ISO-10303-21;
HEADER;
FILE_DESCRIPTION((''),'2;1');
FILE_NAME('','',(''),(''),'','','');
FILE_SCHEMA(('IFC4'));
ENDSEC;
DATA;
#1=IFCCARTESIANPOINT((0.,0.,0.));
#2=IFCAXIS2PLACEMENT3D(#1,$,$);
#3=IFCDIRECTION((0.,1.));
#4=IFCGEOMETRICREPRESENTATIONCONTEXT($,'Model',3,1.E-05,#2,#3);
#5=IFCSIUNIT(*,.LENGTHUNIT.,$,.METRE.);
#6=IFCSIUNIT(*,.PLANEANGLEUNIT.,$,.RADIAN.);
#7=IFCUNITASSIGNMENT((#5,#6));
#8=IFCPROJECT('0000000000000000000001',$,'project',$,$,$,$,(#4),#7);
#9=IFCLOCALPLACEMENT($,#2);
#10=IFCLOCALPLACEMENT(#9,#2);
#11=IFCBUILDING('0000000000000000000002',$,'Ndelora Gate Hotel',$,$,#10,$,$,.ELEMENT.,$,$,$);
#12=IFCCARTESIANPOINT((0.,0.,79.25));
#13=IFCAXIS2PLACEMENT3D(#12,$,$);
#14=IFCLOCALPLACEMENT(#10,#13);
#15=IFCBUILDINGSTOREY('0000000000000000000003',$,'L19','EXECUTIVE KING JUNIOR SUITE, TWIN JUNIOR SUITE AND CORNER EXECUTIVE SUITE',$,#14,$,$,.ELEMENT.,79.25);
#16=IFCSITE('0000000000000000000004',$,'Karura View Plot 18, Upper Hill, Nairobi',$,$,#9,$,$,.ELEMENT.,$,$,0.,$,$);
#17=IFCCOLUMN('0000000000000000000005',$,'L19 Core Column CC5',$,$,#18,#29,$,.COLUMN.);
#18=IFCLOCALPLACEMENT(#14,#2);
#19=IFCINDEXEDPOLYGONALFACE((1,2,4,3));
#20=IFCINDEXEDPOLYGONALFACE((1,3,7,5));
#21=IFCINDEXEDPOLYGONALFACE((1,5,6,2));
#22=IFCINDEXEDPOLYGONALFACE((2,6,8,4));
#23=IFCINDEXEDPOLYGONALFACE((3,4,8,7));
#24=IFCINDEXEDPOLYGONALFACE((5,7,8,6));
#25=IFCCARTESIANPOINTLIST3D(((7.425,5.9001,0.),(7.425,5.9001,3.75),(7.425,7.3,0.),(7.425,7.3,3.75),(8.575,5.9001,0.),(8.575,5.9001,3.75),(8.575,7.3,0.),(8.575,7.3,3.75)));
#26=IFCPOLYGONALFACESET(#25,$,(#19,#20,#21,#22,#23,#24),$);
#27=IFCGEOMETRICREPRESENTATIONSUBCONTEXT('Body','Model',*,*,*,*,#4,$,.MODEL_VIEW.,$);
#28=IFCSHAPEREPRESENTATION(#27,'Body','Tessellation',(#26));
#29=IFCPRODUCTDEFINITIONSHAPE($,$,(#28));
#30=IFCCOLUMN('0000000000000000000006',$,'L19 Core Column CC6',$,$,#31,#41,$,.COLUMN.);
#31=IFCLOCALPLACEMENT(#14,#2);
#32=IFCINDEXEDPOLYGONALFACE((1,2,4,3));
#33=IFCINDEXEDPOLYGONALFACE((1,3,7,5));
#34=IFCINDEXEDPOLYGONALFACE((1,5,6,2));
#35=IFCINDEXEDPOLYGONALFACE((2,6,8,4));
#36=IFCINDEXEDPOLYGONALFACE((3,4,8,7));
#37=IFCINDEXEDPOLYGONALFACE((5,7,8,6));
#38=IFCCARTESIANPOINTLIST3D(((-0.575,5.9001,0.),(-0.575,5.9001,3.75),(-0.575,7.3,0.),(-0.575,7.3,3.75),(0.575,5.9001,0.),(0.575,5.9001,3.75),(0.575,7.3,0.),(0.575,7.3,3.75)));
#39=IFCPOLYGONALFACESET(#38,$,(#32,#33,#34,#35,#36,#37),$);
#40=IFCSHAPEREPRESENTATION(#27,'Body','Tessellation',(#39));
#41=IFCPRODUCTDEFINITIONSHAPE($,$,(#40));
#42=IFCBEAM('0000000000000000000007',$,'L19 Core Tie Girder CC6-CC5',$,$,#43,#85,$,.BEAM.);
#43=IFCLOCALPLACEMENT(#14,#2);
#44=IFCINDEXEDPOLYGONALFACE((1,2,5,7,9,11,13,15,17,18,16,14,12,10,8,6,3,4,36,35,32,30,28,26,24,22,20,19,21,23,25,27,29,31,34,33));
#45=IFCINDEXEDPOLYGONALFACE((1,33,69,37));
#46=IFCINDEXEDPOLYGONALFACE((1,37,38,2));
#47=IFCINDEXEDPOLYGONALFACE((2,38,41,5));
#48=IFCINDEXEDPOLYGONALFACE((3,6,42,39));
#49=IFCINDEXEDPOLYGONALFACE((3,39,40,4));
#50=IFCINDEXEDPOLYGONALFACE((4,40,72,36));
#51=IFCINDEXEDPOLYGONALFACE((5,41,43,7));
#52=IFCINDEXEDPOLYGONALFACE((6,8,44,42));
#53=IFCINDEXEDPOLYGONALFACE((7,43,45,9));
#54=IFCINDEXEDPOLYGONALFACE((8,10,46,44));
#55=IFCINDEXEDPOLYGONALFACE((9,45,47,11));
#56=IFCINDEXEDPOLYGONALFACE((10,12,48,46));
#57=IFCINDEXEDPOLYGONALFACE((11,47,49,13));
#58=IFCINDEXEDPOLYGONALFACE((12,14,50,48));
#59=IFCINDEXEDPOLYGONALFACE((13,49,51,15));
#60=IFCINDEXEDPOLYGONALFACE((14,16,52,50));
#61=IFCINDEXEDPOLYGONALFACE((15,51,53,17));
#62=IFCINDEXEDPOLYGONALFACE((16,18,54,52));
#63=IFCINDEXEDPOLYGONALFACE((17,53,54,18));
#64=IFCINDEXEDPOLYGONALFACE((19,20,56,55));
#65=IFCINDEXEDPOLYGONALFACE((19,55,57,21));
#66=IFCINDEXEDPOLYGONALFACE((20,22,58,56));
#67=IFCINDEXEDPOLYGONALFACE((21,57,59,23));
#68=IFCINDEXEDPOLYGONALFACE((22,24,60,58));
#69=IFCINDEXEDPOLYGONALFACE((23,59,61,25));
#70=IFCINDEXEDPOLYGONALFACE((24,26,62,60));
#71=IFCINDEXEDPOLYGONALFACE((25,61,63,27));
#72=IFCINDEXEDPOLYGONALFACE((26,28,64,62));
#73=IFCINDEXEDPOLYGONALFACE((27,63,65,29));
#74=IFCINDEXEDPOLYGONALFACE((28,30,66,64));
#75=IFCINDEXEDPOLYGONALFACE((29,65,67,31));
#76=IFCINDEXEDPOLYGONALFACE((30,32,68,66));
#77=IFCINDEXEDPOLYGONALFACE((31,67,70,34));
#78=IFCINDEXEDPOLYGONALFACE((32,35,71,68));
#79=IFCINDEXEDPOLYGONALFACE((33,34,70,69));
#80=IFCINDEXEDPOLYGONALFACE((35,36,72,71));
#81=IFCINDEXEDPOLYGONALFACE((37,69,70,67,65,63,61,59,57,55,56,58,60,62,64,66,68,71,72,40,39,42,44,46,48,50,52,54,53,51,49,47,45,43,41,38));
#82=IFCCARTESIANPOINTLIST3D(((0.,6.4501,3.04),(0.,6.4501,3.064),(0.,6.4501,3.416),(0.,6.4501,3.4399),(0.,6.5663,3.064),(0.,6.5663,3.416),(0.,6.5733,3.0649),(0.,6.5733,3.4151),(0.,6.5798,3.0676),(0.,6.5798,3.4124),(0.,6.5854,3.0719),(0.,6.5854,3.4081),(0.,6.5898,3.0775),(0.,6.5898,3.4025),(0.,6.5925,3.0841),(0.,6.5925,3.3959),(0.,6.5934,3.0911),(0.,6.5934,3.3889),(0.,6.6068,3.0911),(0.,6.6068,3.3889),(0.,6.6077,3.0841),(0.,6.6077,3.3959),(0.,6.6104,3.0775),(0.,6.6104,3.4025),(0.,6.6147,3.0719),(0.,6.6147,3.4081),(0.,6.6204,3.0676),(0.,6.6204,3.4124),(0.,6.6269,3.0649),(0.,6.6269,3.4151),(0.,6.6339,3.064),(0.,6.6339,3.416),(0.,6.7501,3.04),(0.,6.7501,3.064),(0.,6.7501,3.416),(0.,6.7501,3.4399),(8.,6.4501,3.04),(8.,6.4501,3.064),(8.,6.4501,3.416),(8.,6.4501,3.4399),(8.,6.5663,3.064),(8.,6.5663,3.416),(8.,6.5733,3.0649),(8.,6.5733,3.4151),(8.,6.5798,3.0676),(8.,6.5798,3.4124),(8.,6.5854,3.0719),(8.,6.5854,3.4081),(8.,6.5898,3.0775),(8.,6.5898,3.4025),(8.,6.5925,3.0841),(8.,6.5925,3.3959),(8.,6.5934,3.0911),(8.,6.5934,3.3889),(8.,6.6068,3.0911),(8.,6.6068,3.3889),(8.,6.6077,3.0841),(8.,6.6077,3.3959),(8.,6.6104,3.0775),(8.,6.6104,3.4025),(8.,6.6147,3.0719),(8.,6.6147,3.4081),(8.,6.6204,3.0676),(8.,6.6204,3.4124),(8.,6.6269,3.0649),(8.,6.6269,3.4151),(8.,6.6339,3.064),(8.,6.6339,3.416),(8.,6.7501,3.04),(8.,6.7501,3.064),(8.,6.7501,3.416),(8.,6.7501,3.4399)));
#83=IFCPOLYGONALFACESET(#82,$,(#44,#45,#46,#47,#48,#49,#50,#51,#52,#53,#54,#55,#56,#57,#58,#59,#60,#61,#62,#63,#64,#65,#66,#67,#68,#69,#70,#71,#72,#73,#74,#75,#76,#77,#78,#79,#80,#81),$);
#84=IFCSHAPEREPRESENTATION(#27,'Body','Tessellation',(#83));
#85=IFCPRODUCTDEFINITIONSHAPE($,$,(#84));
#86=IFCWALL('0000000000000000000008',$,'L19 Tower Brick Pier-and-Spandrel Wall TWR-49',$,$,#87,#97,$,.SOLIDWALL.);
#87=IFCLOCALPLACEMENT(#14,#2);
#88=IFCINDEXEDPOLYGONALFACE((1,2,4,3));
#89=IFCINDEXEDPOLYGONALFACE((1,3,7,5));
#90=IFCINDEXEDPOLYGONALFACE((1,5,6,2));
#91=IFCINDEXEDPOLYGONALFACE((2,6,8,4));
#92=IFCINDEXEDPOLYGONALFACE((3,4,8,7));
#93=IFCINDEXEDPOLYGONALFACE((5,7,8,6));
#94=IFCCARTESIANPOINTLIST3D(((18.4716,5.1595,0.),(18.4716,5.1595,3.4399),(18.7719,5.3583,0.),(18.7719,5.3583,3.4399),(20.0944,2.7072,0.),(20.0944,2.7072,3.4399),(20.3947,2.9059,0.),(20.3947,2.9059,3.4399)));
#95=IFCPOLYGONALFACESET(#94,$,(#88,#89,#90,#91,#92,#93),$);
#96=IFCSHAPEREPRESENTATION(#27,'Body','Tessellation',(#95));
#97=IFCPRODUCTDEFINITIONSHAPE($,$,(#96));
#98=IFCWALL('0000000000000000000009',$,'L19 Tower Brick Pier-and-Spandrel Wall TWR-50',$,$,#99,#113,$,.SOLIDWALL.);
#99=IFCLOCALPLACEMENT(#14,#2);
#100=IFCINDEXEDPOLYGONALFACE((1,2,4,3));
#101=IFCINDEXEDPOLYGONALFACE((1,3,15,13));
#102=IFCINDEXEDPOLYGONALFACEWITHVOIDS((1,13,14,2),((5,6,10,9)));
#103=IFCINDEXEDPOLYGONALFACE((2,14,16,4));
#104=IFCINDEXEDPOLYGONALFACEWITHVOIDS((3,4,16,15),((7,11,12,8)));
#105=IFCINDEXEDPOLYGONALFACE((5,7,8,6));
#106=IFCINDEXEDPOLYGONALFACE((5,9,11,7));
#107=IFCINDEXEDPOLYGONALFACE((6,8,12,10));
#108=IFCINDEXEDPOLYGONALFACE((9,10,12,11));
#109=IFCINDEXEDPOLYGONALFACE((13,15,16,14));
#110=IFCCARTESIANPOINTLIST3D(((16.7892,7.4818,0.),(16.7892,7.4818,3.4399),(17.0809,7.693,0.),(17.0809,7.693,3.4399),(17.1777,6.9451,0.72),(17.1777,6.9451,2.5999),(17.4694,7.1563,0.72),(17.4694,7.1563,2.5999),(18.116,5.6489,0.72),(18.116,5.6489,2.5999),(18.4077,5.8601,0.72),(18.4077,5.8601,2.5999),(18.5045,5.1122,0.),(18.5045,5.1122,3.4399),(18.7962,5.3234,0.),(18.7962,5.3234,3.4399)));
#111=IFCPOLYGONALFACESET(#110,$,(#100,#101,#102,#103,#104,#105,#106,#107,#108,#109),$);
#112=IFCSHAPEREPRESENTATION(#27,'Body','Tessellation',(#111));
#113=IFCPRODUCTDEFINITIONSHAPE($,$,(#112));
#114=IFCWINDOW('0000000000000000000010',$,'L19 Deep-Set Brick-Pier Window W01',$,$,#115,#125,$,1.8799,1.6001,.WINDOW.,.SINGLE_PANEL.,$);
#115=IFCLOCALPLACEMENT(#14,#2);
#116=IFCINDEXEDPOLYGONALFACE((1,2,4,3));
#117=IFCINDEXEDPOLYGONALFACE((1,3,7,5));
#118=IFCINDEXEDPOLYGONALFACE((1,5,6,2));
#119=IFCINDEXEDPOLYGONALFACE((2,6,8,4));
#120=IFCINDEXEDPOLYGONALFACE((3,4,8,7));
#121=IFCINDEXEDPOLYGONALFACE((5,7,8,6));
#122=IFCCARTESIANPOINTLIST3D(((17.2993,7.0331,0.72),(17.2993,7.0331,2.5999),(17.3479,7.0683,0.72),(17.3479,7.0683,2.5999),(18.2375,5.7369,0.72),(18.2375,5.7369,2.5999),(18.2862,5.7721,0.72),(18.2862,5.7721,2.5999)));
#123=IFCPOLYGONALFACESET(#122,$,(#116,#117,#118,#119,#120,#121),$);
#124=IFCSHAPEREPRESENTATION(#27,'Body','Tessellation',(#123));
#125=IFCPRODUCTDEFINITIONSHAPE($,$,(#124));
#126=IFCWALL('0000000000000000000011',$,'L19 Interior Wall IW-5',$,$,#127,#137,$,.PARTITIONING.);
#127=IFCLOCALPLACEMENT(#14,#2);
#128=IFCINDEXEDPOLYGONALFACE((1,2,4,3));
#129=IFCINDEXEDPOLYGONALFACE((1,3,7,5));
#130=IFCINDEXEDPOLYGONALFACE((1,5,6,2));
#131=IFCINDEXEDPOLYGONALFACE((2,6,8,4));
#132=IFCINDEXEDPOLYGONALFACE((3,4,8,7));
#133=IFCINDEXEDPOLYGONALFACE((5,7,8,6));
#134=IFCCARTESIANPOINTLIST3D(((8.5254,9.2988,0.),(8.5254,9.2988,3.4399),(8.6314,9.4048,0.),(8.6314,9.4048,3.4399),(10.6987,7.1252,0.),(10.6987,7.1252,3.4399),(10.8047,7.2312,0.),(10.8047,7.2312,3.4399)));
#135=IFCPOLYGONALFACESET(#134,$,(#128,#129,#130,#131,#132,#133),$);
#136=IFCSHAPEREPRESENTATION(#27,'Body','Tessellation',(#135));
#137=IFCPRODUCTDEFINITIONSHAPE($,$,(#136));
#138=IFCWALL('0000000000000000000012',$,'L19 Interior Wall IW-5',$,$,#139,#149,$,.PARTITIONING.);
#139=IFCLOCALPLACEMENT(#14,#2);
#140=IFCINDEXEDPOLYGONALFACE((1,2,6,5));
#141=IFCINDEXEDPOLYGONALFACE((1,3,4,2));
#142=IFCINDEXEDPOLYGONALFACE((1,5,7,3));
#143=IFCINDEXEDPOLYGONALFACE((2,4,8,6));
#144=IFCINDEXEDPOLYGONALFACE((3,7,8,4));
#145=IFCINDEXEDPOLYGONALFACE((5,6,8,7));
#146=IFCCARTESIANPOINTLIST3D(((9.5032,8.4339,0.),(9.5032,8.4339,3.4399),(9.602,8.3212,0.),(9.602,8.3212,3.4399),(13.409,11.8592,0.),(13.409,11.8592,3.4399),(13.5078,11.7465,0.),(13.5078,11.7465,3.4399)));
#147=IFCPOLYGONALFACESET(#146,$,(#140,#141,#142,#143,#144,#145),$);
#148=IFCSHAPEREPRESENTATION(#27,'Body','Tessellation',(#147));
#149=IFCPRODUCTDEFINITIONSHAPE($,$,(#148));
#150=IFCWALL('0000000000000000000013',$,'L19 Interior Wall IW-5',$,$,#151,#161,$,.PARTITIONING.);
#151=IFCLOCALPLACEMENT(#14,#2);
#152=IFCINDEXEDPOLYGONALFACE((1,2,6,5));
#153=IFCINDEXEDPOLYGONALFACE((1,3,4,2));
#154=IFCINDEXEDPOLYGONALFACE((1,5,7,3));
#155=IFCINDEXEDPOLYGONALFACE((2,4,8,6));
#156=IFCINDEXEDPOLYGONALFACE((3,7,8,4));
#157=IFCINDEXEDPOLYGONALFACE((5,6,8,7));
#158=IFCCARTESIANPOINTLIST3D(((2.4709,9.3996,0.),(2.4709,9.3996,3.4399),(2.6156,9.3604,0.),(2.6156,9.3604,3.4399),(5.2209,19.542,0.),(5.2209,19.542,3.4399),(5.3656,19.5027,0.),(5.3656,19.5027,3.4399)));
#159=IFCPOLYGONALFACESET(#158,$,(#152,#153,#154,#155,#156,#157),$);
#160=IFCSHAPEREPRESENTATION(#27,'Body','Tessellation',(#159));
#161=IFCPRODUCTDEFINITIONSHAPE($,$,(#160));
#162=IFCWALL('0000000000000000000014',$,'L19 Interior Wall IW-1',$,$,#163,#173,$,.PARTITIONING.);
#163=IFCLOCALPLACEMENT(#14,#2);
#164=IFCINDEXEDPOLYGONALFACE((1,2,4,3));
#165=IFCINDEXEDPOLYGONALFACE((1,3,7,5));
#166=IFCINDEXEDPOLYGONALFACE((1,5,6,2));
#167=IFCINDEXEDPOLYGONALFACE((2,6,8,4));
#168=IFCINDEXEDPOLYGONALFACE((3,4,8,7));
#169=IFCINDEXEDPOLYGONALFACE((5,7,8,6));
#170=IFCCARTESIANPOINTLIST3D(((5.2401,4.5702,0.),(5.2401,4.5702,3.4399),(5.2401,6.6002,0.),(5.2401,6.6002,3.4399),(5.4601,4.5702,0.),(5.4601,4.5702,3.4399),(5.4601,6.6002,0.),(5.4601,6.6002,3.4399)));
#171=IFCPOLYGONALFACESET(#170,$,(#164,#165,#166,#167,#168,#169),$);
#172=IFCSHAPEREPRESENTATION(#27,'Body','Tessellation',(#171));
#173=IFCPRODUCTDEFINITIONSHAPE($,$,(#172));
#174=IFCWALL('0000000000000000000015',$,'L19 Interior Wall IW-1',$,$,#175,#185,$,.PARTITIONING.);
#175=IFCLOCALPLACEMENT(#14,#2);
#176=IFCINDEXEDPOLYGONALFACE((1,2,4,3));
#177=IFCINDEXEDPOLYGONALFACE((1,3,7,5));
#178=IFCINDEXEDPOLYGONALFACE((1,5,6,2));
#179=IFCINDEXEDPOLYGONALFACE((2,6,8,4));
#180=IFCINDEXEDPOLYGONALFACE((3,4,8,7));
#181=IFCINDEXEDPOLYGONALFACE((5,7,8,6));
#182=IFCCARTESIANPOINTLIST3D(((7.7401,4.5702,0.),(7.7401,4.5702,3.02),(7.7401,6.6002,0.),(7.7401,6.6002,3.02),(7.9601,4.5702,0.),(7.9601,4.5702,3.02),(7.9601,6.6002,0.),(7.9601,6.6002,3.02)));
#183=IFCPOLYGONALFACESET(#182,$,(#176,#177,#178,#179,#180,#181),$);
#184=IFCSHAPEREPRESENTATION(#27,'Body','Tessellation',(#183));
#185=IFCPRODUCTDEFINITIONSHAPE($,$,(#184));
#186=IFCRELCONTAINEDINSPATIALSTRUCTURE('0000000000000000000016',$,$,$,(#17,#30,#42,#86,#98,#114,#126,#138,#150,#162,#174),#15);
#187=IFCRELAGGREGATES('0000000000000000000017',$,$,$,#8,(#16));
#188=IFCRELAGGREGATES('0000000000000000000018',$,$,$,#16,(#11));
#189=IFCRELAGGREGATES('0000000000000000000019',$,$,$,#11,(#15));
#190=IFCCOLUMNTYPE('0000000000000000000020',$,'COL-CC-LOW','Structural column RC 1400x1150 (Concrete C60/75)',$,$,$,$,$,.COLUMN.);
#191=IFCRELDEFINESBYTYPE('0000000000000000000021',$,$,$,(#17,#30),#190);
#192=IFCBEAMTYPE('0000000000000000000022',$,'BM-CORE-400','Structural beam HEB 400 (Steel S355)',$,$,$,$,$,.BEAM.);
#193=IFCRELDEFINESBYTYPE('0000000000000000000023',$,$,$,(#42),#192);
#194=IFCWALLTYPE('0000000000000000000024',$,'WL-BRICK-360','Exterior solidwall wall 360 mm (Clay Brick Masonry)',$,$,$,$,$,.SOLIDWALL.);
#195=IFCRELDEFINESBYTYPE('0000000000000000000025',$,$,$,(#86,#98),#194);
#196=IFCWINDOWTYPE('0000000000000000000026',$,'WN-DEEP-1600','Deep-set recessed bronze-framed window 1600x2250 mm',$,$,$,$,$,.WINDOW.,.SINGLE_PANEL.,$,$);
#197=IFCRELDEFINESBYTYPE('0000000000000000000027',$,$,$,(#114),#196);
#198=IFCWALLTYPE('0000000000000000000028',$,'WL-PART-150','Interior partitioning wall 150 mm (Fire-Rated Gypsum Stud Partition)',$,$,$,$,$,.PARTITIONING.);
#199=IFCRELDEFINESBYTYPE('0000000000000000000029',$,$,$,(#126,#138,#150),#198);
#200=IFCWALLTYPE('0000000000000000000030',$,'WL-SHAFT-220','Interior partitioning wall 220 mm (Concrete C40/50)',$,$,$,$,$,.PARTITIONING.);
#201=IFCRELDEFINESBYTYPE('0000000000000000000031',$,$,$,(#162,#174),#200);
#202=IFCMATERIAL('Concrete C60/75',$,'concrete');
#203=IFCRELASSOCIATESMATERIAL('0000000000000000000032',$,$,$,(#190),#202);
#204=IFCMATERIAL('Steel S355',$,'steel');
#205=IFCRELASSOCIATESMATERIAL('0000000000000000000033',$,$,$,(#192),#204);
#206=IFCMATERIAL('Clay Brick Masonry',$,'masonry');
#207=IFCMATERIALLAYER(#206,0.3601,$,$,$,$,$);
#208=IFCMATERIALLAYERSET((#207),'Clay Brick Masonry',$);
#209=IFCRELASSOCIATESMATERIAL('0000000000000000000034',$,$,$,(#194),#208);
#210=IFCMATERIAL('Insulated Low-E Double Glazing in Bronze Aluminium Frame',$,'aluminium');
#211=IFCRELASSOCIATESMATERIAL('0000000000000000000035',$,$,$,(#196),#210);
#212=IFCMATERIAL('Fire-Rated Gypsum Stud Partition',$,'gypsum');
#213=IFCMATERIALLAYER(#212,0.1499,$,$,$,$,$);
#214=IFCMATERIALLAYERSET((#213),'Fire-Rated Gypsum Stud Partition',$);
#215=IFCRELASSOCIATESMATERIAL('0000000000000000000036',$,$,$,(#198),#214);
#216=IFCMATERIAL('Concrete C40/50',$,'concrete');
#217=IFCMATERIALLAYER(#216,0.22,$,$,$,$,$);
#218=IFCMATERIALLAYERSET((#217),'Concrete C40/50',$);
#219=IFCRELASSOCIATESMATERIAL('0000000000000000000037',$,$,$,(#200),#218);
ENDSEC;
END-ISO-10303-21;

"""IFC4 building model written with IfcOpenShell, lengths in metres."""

from ifc_helpers import new_model, si_unit, direction, frame, frame_2d, origin, origin_2d, place, context, subcontext, project, spatial, rectangle, i_section, extrude, material, layer, layer_set, material_profile, profile_set, type_object, element, fill, save


model = new_model("IFC4")

# Units and contexts
model_context = context("Model", 3, precision=1e-05, world=origin(), true_north=direction((0.0, 1.0)))
body_context = subcontext(model_context, "Body", "Model", "MODEL_VIEW")
ifc_project = project(units=[si_unit("LENGTHUNIT", "METRE"), si_unit("PLANEANGLEUNIT", "RADIAN")], contexts=[model_context])

# Site, building, storey
site_placement = place(None, origin())
site = spatial("IfcSite", under=ifc_project, at=site_placement, Name="Karura View Plot 18, Upper Hill, Nairobi", CompositionType="ELEMENT", RefElevation=0.0)
building_placement = place(site_placement, origin())
building = spatial("IfcBuilding", under=site, at=building_placement, Name="Ndelora Gate Hotel", CompositionType="ELEMENT")
storey_placement = place(building_placement, frame((0.0, 0.0, 79.25)))
storey = spatial("IfcBuildingStorey", under=building, at=storey_placement, Name="L19", Description="EXECUTIVE KING JUNIOR SUITE, TWIN JUNIOR SUITE AND CORNER EXECUTIVE SUITE", CompositionType="ELEMENT", Elevation=79.25)

# Columns
ifc_material_1 = material(Name="Concrete C60/75", Category="concrete")
ifc_material_profile_1 = material_profile(ifc_material_1, rectangle(XDim=1.1499, YDim=1.3999, at=origin_2d()), Name="RC 1400x1150")
ifc_profile_set_1 = profile_set([ifc_material_profile_1], Name="Concrete C60/75")
column_type = type_object("IfcColumnType", Name="COL-CC-LOW", Description="Structural column RC 1400x1150 (Concrete C60/75)", PredefinedType="COLUMN", material=ifc_profile_set_1)
for number, where, z_axis, x_axis, name in (
    (1, (8.0, 6.6001, 0.0), (0.0, 0.0, 1.0), (1.0, 0.0, 0.0), "L19 Core Column CC5"),
    (2, (0.0, 6.6001, 0.0), (0.0, 0.0, 1.0), (1.0, 0.0, 0.0), "L19 Core Column CC6"),
):
    element("IfcColumn", number, at=place(storey_placement, frame(where, z_axis=z_axis, x_axis=x_axis)), inside=storey, type_object=column_type, Name=name, PredefinedType="COLUMN", context=body_context, shape_type="SweptSolid", body=[
        extrude(rectangle(XDim=1.1499, YDim=1.3999, at=origin_2d()), origin(), (0.0, 0.0, 1.0), 3.75),
    ])

# Beam
ifc_material_2 = material(Name="Steel S355", Category="steel")
ifc_material_profile_2 = material_profile(ifc_material_2, i_section(OverallWidth=0.3, OverallDepth=0.3999, WebThickness=0.0134, FlangeThickness=0.0239, FilletRadius=0.0271, at=origin_2d()), Name="HEB 400")
ifc_profile_set_2 = profile_set([ifc_material_profile_2], Name="Steel S355")
beam_type = type_object("IfcBeamType", Name="BM-CORE-400", Description="Structural beam HEB 400 (Steel S355)", PredefinedType="BEAM", material=ifc_profile_set_2)
beam_placement = place(storey_placement, frame((0.0, 6.6001, 3.24), z_axis=(1.0, 0.0, 0.0), x_axis=(0.0, 1.0, 0.0)))
element("IfcBeam", 3, at=beam_placement, inside=storey, type_object=beam_type, Name="L19 Core Tie Girder CC6-CC5", PredefinedType="BEAM", context=body_context, shape_type="SweptSolid", body=[
    extrude(i_section(OverallWidth=0.3, OverallDepth=0.3999, WebThickness=0.0134, FlangeThickness=0.0239, FilletRadius=0.0271, at=origin_2d()), origin(), (0.0, 0.0, 1.0), 8.0),
])

# Wall
ifc_material_3 = material(Name="Clay Brick Masonry", Category="masonry")
ifc_layer_1 = layer(ifc_material_3, 0.3601)
ifc_layer_set_1 = layer_set([ifc_layer_1], Name="Clay Brick Masonry")
wall_type_1 = type_object("IfcWallType", Name="WL-BRICK-360", Description="Exterior solidwall wall 360 mm (Clay Brick Masonry)", PredefinedType="SOLIDWALL", material=ifc_layer_set_1)
wall_1_placement = place(storey_placement, frame((18.6218, 5.2588, 0.0), z_axis=(0.0, 0.0, 1.0), x_axis=(0.551842, -0.833948, 0.0)))
element("IfcWall", 4, at=wall_1_placement, inside=storey, type_object=wall_type_1, Name="L19 Tower Brick Pier-and-Spandrel Wall TWR-49", PredefinedType="SOLIDWALL", context=body_context, shape_type="SweptSolid", body=[
    extrude(rectangle(XDim=2.9407, YDim=0.3601, at=frame_2d((1.4702, 0.0))), origin(), (0.0, 0.0, 1.0), 3.4399),
])

# Wall, opening, window
wall_2_placement = place(storey_placement, frame((16.9351, 7.5874, 0.0), z_axis=(0.0, 0.0, 1.0), x_axis=(0.586374, -0.810041, 0.0)))
wall_2 = element("IfcWall", 5, at=wall_2_placement, inside=storey, type_object=wall_type_1, Name="L19 Tower Brick Pier-and-Spandrel Wall TWR-50", PredefinedType="SOLIDWALL", context=body_context, shape_type="SweptSolid", body=[
    extrude(rectangle(XDim=2.9253, YDim=0.3601, at=frame_2d((1.4626, 0.0))), origin(), (0.0, 0.0, 1.0), 3.4399),
])
opening_1_placement = place(wall_2_placement, frame((0.6626, 0.0, 0.72)))
opening_1 = element("IfcOpeningElement", 6, at=opening_1_placement, cuts=wall_2, PredefinedType="OPENING", context=body_context, shape_type="SweptSolid", body=[
    extrude(rectangle(XDim=1.6001, YDim=1.8799, at=frame_2d((0.8, 0.9399))), frame((0.0, 0.1899, 0.0), z_axis=(0.0, -1.0, 0.0), x_axis=(1.0, 0.0, 0.0)), (0.0, 0.0, 1.0), 0.3801),
])
ifc_material_4 = material(Name="Insulated Low-E Double Glazing in Bronze Aluminium Frame", Category="aluminium")
window_type = type_object("IfcWindowType", Name="WN-DEEP-1600", Description="Deep-set recessed bronze-framed window 1600x2250 mm", PartitioningType="SINGLE_PANEL", PredefinedType="WINDOW", material=ifc_material_4)
window_placement = place(opening_1_placement, origin())
window = element("IfcWindow", 7, at=window_placement, inside=storey, type_object=window_type, Name="L19 Deep-Set Brick-Pier Window W01", OverallHeight=1.8799, OverallWidth=1.6001, PartitioningType="SINGLE_PANEL", PredefinedType="WINDOW", context=body_context, shape_type="SweptSolid", body=[
    extrude(rectangle(XDim=1.6001, YDim=1.8799, at=frame_2d((0.8, 0.9399))), frame((0.0, 0.03, 0.0), z_axis=(0.0, -1.0, 0.0), x_axis=(1.0, 0.0, 0.0)), (0.0, 0.0, 1.0), 0.0601),
])
fill(opening_1, window)

# Shared definitions
ifc_material_5 = material(Name="Fire-Rated Gypsum Stud Partition", Category="gypsum")
ifc_layer_2 = layer(ifc_material_5, 0.1499)
ifc_layer_set_2 = layer_set([ifc_layer_2], Name="Fire-Rated Gypsum Stud Partition")
wall_type_2 = type_object("IfcWallType", Name="WL-PART-150", Description="Interior partitioning wall 150 mm (Fire-Rated Gypsum Stud Partition)", PredefinedType="PARTITIONING", material=ifc_layer_set_2)

# Walls
wall_3_placement = place(storey_placement, frame((8.5784, 9.3518, 0.0), z_axis=(0.0, 0.0, 1.0), x_axis=(0.707067, -0.707146, 0.0)))
element("IfcWall", 8, at=wall_3_placement, inside=storey, type_object=wall_type_2, Name="L19 Interior Wall IW-5", PredefinedType="PARTITIONING", context=body_context, shape_type="SweptSolid", body=[
    extrude(rectangle(XDim=3.0737, YDim=0.1499, at=frame_2d((1.5369, 0.0))), origin(), (0.0, 0.0, 1.0), 3.4399),
])
wall_4_placement = place(storey_placement, frame((9.5525, 8.3774, 0.0), z_axis=(0.0, 0.0, 1.0), x_axis=(0.751837, 0.659349, 0.0)))
element("IfcWall", 9, at=wall_4_placement, inside=storey, type_object=wall_type_2, Name="L19 Interior Wall IW-5", PredefinedType="PARTITIONING", context=body_context, shape_type="SweptSolid", body=[
    extrude(rectangle(XDim=5.1951, YDim=0.1499, at=frame_2d((2.5977, 0.0))), origin(), (0.0, 0.0, 1.0), 3.4399),
])
wall_5_placement = place(storey_placement, frame((2.5432, 9.3799, 0.0), z_axis=(0.0, 0.0, 1.0), x_axis=(0.261692, 0.965151, 0.0)))
element("IfcWall", 10, at=wall_5_placement, inside=storey, type_object=wall_type_2, Name="L19 Interior Wall IW-5", PredefinedType="PARTITIONING", context=body_context, shape_type="SweptSolid", body=[
    extrude(rectangle(XDim=10.5085, YDim=0.1499, at=frame_2d((5.2544, 0.0))), origin(), (0.0, 0.0, 1.0), 3.4399),
])

# Shared definitions
ifc_material_6 = material(Name="Concrete C40/50", Category="concrete")
ifc_layer_3 = layer(ifc_material_6, 0.22)
ifc_layer_set_3 = layer_set([ifc_layer_3], Name="Concrete C40/50")
wall_type_3 = type_object("IfcWallType", Name="WL-SHAFT-220", Description="Interior partitioning wall 220 mm (Concrete C40/50)", PredefinedType="PARTITIONING", material=ifc_layer_set_3)

# Walls
wall_6_placement = place(storey_placement, frame((5.3501, 4.5701, 0.0), z_axis=(0.0, 0.0, 1.0), x_axis=(0.0, 1.0, 0.0)))
element("IfcWall", 11, at=wall_6_placement, inside=storey, type_object=wall_type_3, Name="L19 Interior Wall IW-1", PredefinedType="PARTITIONING", context=body_context, shape_type="SweptSolid", body=[
    extrude(rectangle(XDim=2.03, YDim=0.22, at=frame_2d((1.0151, 0.0))), origin(), (0.0, 0.0, 1.0), 3.4399),
])
wall_7_placement = place(storey_placement, frame((7.8501, 4.5701, 0.0), z_axis=(0.0, 0.0, 1.0), x_axis=(0.0, 1.0, 0.0)))
element("IfcWall", 12, at=wall_7_placement, inside=storey, type_object=wall_type_3, Name="L19 Interior Wall IW-1", PredefinedType="PARTITIONING", context=body_context, shape_type="SweptSolid", body=[
    extrude(rectangle(XDim=2.03, YDim=0.22, at=frame_2d((1.0151, 0.0))), origin(), (0.0, 0.0, 1.0), 3.02),
])

save(model, "model.ifc")
